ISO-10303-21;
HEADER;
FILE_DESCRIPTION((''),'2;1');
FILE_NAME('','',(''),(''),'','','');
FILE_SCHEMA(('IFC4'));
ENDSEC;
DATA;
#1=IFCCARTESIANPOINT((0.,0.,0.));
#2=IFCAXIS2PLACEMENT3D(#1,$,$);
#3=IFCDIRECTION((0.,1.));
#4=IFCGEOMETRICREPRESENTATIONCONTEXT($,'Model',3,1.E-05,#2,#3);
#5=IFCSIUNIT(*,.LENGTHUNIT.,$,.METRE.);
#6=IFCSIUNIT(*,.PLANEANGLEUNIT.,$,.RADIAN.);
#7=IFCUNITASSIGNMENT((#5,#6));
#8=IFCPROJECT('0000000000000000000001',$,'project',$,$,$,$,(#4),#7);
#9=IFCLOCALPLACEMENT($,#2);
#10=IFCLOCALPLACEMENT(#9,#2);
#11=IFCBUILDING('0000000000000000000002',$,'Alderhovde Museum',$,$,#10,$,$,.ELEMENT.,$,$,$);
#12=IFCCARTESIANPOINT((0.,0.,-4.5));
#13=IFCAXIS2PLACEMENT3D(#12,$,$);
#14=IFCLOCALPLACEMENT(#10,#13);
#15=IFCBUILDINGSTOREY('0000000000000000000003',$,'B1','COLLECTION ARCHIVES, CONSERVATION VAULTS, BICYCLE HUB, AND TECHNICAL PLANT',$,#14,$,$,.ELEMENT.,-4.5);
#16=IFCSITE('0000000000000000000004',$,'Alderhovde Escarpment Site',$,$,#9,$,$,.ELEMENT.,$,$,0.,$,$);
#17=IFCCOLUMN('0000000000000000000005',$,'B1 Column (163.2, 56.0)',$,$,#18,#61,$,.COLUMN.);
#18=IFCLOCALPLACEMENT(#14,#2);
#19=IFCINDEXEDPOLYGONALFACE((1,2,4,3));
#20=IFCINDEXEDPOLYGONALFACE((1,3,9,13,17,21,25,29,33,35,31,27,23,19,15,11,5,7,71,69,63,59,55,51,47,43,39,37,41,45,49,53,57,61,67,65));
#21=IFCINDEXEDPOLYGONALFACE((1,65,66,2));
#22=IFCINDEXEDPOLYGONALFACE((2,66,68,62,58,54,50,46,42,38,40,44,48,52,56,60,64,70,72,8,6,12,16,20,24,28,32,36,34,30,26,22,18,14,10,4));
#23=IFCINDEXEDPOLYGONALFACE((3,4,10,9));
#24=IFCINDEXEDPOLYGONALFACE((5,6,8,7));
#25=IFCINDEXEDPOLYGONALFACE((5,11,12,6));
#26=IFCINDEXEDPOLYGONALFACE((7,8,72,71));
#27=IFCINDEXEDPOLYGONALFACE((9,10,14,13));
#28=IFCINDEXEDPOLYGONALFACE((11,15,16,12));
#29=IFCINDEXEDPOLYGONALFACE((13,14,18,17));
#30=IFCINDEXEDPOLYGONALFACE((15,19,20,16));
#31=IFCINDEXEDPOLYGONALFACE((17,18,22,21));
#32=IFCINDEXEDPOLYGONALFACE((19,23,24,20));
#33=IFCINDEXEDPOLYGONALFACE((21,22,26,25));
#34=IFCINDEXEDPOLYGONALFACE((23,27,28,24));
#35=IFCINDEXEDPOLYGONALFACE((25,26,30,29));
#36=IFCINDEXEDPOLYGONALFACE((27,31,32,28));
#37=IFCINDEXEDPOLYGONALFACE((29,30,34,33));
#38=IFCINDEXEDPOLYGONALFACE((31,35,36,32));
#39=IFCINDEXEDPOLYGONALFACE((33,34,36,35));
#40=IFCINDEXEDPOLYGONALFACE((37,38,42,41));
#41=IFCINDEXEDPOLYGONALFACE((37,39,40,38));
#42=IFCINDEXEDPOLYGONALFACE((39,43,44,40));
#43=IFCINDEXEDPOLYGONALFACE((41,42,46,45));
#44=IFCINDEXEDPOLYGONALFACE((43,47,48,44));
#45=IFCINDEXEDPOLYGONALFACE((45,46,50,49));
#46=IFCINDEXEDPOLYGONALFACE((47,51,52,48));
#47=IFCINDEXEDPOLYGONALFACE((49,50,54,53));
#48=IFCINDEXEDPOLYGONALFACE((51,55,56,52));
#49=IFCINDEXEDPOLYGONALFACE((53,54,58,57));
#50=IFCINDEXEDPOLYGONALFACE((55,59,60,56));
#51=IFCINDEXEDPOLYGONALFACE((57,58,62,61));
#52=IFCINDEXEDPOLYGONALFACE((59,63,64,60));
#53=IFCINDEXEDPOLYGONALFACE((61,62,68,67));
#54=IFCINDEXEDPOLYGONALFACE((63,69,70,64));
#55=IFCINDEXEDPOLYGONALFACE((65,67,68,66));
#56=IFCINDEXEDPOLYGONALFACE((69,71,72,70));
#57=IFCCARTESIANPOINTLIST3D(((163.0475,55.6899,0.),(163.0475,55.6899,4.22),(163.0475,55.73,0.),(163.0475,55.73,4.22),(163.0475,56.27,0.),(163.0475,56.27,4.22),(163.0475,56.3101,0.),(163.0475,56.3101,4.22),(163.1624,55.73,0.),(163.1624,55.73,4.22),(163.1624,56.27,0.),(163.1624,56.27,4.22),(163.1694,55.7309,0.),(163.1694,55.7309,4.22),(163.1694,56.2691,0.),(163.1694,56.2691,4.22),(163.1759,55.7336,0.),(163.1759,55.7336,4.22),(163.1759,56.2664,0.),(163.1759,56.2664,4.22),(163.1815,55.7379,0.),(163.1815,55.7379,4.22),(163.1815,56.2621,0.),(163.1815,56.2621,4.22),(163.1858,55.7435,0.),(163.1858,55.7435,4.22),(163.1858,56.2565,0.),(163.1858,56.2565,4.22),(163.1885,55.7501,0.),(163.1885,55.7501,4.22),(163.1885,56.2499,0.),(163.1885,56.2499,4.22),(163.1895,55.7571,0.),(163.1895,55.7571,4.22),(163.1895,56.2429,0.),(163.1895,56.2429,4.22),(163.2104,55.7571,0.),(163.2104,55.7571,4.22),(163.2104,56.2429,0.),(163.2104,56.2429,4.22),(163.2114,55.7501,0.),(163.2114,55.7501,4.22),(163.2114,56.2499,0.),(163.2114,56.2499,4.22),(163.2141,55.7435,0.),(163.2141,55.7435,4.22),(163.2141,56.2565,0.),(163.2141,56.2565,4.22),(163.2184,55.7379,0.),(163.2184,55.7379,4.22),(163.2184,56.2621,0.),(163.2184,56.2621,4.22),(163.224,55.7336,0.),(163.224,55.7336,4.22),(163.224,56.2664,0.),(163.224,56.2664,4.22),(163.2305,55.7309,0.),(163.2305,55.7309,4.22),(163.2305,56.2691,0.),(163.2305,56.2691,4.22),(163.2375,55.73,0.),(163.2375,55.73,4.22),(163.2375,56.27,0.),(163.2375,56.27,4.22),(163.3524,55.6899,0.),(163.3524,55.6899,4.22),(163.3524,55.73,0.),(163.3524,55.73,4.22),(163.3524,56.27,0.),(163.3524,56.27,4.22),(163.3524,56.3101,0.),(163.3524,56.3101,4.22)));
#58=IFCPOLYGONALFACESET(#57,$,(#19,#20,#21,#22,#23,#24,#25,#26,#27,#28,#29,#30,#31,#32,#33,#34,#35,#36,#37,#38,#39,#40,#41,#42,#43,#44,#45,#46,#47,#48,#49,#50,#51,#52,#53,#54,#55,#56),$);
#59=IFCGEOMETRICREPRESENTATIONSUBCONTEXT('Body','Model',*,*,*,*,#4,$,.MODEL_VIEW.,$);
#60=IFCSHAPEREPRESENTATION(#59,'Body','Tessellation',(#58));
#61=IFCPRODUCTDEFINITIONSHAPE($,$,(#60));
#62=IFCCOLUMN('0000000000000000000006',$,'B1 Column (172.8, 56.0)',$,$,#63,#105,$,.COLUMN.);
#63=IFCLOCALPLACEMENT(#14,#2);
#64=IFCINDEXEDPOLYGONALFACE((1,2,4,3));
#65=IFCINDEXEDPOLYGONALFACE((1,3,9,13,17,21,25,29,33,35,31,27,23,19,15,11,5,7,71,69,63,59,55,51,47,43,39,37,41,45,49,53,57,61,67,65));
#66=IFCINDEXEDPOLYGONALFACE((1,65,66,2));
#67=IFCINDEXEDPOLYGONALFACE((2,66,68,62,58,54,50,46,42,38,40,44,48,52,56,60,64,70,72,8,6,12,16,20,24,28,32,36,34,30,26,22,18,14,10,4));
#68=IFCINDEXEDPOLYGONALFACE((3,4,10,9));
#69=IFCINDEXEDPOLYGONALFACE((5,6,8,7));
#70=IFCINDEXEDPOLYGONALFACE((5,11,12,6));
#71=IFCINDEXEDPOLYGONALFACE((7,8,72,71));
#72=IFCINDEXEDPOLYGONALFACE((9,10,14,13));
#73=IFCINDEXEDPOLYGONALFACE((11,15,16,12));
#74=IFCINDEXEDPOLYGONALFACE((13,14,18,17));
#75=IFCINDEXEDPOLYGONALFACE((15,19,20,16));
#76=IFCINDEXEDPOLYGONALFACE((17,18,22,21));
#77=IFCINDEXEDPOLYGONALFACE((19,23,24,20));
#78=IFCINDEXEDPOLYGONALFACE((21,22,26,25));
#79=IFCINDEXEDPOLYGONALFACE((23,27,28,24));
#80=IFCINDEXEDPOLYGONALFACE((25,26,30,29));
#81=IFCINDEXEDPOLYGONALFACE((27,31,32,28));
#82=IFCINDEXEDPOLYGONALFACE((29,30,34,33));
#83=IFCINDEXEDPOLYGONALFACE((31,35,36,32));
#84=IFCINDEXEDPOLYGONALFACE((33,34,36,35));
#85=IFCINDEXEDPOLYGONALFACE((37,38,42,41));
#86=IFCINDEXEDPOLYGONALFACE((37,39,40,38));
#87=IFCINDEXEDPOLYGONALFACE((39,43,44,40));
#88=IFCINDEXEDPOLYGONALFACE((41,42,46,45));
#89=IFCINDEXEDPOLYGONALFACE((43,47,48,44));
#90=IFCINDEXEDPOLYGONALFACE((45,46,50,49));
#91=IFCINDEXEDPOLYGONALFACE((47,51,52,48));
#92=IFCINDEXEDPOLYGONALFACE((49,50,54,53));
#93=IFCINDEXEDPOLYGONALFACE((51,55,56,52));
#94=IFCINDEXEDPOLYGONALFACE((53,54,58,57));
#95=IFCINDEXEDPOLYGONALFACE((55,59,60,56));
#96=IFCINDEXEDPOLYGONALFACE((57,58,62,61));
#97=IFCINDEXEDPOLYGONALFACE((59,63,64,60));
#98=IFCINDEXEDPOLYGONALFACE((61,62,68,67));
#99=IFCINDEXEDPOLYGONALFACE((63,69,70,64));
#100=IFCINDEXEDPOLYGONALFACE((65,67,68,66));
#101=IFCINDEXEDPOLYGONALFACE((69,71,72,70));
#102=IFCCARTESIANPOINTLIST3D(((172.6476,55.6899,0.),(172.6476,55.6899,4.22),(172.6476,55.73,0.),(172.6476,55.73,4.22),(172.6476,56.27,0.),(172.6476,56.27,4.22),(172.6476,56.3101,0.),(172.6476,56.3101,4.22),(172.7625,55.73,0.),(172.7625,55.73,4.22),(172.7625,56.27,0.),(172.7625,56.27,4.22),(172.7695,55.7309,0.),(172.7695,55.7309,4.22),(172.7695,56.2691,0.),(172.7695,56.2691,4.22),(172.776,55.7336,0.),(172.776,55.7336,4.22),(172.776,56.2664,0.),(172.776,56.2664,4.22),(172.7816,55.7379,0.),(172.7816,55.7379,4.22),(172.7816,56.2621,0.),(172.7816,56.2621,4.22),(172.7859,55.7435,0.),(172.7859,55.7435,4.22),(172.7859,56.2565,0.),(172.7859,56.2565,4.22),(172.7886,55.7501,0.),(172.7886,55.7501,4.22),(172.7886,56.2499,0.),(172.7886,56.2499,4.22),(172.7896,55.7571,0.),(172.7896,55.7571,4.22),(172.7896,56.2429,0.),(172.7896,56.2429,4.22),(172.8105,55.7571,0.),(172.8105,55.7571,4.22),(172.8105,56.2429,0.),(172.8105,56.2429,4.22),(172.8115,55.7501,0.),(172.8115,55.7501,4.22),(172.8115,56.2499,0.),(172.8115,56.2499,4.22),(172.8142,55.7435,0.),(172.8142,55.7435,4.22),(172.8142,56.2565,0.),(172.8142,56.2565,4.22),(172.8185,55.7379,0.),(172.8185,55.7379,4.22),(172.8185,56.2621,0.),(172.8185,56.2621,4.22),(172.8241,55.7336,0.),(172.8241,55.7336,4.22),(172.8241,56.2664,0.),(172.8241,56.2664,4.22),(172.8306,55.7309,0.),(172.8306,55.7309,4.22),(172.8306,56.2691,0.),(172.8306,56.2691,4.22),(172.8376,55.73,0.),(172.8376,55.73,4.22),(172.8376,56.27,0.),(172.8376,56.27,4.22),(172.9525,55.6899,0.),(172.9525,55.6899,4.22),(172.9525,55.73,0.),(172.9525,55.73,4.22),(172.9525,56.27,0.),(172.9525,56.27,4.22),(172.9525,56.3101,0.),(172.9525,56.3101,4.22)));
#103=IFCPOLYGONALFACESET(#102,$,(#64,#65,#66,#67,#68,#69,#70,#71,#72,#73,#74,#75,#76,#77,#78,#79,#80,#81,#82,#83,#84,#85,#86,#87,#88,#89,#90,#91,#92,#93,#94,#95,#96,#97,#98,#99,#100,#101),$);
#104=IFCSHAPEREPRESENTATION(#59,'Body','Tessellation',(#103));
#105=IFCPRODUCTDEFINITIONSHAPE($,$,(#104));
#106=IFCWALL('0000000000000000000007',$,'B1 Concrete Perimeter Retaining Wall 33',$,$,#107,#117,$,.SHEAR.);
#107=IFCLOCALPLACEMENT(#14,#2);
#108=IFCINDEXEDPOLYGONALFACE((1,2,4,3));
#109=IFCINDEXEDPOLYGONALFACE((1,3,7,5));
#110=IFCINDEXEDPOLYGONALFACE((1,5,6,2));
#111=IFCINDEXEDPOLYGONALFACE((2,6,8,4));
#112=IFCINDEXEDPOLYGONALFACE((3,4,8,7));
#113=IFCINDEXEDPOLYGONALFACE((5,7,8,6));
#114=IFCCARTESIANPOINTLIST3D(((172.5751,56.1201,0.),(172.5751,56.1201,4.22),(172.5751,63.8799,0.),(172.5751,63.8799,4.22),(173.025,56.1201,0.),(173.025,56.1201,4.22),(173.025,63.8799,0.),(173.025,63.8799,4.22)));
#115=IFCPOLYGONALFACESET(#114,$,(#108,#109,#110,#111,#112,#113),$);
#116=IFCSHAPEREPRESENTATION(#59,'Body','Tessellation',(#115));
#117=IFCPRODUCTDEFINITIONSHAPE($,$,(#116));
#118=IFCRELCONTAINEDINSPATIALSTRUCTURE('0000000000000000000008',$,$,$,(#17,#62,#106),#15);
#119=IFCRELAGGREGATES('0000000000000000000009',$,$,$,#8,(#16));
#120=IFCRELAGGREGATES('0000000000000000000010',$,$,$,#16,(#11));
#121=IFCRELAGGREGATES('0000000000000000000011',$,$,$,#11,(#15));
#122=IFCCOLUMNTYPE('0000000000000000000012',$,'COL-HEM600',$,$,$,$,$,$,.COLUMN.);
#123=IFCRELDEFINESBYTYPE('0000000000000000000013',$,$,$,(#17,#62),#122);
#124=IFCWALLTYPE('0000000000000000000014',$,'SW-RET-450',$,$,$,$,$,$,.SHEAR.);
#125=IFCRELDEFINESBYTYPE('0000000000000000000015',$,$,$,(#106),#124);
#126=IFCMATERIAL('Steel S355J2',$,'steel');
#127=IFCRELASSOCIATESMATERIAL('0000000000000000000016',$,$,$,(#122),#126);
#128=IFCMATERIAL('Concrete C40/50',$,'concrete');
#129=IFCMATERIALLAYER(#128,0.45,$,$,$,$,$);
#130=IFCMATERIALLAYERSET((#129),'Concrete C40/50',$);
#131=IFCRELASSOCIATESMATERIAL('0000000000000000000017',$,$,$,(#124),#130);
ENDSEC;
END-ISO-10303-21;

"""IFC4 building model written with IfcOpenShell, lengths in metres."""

from ifc_helpers import new_model, si_unit, direction, frame, frame_2d, origin, origin_2d, place, context, subcontext, project, spatial, rectangle, i_section, extrude, material, layer, layer_set, material_profile, profile_set, type_object, element, save


model = new_model("IFC4")

# Units and contexts
model_context = context("Model", 3, precision=1e-05, world=origin(), true_north=direction((0.0, 1.0)))
body_context = subcontext(model_context, "Body", "Model", "MODEL_VIEW")
ifc_project = project(units=[si_unit("LENGTHUNIT", "METRE"), si_unit("PLANEANGLEUNIT", "RADIAN")], contexts=[model_context])

# Site, building, storey
site_placement = place(None, origin())
site = spatial("IfcSite", under=ifc_project, at=site_placement, Name="Alderhovde Escarpment Site", CompositionType="ELEMENT", RefElevation=0.0)
building_placement = place(site_placement, origin())
building = spatial("IfcBuilding", under=site, at=building_placement, Name="Alderhovde Museum", CompositionType="ELEMENT")
storey_placement = place(building_placement, frame((0.0, 0.0, -4.5)))
storey = spatial("IfcBuildingStorey", under=building, at=storey_placement, Name="B1", Description="COLLECTION ARCHIVES, CONSERVATION VAULTS, BICYCLE HUB, AND TECHNICAL PLANT", CompositionType="ELEMENT", Elevation=-4.5)

# Columns
ifc_material_1 = material(Name="Steel S355J2", Category="steel")
ifc_material_profile_1 = material_profile(ifc_material_1, i_section(OverallWidth=0.3049, OverallDepth=0.6201, WebThickness=0.021, FlangeThickness=0.04, FilletRadius=0.0271, at=origin_2d()), Name="HEM 600")
ifc_profile_set_1 = profile_set([ifc_material_profile_1], Name="Steel S355J2")
column_type_1 = type_object("IfcColumnType", Name="COL-HEM600", PredefinedType="COLUMN", material=ifc_profile_set_1)
for number, where, z_axis, x_axis, name in (
    (1, (163.2, 56.0, 0.0), (0.0, 0.0, 1.0), (1.0, 0.0, 0.0), "B1 Column (163.2, 56.0)"),
    (2, (172.8, 56.0, 0.0), (0.0, 0.0, 1.0), (1.0, 0.0, 0.0), "B1 Column (172.8, 56.0)"),
):
    element("IfcColumn", number, at=place(storey_placement, frame(where, z_axis=z_axis, x_axis=x_axis)), inside=storey, type_object=column_type_1, Name=name, PredefinedType="COLUMN", context=body_context, shape_type="SweptSolid", body=[
        extrude(i_section(OverallWidth=0.3049, OverallDepth=0.6201, WebThickness=0.021, FlangeThickness=0.04, FilletRadius=0.0271, at=origin_2d()), origin(), (0.0, 0.0, 1.0), 4.22),
    ])

# Wall
ifc_material_2 = material(Name="Concrete C40/50", Category="concrete")
ifc_layer = layer(ifc_material_2, 0.45)
ifc_layer_set = layer_set([ifc_layer], Name="Concrete C40/50")
wall_type = type_object("IfcWallType", Name="SW-RET-450", PredefinedType="SHEAR", material=ifc_layer_set)
wall_placement = place(storey_placement, frame((172.8, 56.1201, 0.0), z_axis=(0.0, 0.0, 1.0), x_axis=(0.0, 1.0, 0.0)))
element("IfcWall", 3, at=wall_placement, inside=storey, type_object=wall_type, Name="B1 Concrete Perimeter Retaining Wall 33", PredefinedType="SHEAR", context=body_context, shape_type="SweptSolid", body=[
    extrude(rectangle(XDim=7.7598, YDim=0.45, at=frame_2d((3.8799, 0.0))), origin(), (0.0, 0.0, 1.0), 4.22),
])

save(model, "model.ifc")
